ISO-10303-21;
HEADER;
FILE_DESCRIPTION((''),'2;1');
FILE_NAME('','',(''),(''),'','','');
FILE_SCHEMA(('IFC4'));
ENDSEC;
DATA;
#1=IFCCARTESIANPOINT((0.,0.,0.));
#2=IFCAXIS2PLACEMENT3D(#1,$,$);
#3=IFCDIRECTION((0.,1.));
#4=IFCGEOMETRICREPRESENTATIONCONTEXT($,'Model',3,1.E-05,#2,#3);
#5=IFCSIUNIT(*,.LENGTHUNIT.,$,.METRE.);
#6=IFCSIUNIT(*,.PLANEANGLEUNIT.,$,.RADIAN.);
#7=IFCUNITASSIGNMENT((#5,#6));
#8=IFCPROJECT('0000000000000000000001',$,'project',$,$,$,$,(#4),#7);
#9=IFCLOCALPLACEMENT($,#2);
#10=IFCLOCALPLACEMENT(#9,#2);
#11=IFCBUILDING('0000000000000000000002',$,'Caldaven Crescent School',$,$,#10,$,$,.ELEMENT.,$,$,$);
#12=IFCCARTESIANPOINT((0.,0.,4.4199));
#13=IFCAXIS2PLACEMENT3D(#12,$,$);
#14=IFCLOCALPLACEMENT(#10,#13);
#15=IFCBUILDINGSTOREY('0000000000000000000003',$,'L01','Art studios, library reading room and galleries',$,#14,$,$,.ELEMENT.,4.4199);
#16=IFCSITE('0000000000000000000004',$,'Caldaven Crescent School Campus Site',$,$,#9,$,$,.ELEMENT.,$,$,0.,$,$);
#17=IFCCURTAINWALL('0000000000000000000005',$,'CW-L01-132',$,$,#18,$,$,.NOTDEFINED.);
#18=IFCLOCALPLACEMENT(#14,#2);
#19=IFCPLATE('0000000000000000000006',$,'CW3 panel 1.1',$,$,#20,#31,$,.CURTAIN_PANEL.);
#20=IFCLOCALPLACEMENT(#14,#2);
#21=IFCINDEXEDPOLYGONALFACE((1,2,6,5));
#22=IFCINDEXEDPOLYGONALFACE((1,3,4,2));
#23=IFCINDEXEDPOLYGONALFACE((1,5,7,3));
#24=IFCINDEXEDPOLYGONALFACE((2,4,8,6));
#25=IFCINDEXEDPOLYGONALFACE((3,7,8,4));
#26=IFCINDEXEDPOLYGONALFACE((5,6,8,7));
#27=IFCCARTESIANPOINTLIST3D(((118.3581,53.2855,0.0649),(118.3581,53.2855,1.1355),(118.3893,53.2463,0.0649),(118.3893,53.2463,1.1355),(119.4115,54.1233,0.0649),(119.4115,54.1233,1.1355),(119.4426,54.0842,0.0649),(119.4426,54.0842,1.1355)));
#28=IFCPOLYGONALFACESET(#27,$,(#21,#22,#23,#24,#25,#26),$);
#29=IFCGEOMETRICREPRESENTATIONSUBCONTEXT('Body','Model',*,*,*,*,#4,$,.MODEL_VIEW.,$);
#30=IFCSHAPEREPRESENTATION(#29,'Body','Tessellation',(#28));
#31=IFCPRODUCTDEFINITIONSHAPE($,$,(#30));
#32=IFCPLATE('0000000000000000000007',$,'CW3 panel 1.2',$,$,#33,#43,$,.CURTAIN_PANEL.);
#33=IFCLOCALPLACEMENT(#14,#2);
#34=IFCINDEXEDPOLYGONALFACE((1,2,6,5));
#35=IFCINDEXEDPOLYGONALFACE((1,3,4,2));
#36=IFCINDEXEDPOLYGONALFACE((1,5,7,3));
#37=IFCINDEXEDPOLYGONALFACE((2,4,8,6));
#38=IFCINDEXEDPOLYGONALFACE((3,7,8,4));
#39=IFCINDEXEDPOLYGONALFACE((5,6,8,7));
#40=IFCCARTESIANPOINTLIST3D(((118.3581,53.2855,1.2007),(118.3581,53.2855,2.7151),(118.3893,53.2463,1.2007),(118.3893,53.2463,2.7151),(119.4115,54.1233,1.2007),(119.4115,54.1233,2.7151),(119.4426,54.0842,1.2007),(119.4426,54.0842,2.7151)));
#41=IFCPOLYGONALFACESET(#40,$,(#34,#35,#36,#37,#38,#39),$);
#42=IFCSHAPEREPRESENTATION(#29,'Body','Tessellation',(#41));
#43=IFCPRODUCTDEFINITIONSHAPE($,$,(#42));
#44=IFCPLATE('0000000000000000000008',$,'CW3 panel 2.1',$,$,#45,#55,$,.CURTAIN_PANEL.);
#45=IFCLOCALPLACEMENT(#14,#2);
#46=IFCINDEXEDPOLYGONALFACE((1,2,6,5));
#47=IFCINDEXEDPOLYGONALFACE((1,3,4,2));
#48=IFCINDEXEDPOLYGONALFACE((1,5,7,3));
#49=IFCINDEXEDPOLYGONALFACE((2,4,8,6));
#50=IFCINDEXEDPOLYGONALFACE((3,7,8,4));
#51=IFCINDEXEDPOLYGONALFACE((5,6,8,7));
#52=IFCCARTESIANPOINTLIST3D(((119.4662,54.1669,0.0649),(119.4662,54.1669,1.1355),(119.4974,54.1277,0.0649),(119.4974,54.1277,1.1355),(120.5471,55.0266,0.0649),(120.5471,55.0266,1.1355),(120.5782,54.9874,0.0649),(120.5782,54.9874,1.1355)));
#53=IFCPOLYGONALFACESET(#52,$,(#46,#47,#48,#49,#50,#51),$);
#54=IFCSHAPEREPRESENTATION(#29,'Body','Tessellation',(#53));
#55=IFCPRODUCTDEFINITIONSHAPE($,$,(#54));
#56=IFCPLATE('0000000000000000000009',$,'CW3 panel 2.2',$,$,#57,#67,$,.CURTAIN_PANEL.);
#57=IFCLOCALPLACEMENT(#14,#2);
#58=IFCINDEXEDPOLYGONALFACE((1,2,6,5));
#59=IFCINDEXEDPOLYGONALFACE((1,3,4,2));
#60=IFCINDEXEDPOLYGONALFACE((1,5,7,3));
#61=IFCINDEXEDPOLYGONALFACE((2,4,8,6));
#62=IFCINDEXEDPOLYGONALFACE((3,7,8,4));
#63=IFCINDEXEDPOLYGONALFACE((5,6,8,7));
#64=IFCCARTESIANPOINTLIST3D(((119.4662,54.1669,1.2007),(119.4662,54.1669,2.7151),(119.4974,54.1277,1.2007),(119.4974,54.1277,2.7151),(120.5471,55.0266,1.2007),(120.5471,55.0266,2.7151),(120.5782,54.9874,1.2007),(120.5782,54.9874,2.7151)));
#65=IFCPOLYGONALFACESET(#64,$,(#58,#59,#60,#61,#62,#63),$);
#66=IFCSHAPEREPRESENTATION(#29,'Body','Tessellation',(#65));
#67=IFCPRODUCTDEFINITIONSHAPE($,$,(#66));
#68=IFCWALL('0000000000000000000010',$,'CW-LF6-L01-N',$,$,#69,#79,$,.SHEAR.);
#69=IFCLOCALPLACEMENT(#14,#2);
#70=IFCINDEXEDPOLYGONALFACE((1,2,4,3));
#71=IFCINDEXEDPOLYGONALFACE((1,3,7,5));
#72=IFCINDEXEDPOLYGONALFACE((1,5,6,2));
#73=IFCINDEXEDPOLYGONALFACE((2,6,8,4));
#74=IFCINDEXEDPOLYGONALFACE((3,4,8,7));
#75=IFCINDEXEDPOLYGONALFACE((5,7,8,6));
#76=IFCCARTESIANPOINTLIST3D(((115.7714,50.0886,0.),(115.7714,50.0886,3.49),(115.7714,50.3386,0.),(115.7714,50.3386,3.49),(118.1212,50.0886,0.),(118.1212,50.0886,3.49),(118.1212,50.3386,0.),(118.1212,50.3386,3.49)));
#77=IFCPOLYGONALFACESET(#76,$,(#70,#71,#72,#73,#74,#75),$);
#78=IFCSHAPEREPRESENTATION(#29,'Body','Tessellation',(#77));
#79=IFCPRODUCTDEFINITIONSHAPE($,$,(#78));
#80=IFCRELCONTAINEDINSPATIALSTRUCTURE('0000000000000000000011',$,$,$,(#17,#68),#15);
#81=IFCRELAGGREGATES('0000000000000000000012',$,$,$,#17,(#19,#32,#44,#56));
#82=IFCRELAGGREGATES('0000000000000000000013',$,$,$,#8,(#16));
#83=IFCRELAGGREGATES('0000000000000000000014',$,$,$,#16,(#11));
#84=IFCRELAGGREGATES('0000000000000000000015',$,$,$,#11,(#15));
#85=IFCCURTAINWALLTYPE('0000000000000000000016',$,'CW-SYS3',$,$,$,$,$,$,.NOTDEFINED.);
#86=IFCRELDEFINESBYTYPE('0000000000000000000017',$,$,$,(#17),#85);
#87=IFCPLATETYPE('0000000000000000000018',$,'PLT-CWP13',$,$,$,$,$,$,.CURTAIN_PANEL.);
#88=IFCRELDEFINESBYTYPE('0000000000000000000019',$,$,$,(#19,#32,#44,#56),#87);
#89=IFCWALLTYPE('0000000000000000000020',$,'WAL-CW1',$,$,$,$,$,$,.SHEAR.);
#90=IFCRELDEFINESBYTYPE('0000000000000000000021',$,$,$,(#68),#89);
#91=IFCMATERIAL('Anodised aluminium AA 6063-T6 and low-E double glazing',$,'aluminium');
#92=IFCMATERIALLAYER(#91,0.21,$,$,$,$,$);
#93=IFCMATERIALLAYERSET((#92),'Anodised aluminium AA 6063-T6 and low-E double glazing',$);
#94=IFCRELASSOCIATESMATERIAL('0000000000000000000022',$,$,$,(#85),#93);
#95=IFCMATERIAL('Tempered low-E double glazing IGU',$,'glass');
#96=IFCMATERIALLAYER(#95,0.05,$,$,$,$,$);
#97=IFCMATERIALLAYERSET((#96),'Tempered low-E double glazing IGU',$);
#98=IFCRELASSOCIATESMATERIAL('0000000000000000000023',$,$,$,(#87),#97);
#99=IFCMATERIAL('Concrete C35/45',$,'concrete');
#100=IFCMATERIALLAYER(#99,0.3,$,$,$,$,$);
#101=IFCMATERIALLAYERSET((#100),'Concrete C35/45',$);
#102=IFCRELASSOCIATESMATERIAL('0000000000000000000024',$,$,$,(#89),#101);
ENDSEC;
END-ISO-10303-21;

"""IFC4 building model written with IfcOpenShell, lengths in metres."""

from ifc_helpers import new_model, si_unit, direction, frame, frame_2d, origin, origin_2d, place, context, subcontext, project, spatial, rectangle, extrude, material, layer, layer_set, type_object, element, aggregate, save


model = new_model("IFC4")

# Units and contexts
model_context = context("Model", 3, precision=1e-05, world=origin(), true_north=direction((0.0, 1.0)))
body_context = subcontext(model_context, "Body", "Model", "MODEL_VIEW")
ifc_project = project(units=[si_unit("LENGTHUNIT", "METRE"), si_unit("PLANEANGLEUNIT", "RADIAN")], contexts=[model_context])

# Site, building, storey
site_placement = place(None, origin())
site = spatial("IfcSite", under=ifc_project, at=site_placement, Name="Caldaven Crescent School Campus Site", CompositionType="ELEMENT", RefElevation=0.0)
building_placement = place(site_placement, origin())
building = spatial("IfcBuilding", under=site, at=building_placement, Name="Caldaven Crescent School", CompositionType="ELEMENT")
storey_placement = place(building_placement, frame((0.0, 0.0, 4.4199)))
storey = spatial("IfcBuildingStorey", under=building, at=storey_placement, Name="L01", Description="Art studios, library reading room and galleries", CompositionType="ELEMENT", Elevation=4.4199)

# Curtain wall
ifc_material_1 = material(Name="Anodised aluminium AA 6063-T6 and low-E double glazing", Category="aluminium")
ifc_layer_1 = layer(ifc_material_1, 0.21)
ifc_layer_set_1 = layer_set([ifc_layer_1], Name="Anodised aluminium AA 6063-T6 and low-E double glazing")
curtain_wall_type = type_object("IfcCurtainWallType", Name="CW-SYS3", PredefinedType="NOTDEFINED", material=ifc_layer_set_1)
curtain_wall_placement = place(storey_placement, origin())
curtain_wall = element("IfcCurtainWall", 1, at=curtain_wall_placement, inside=storey, type_object=curtain_wall_type, Name="CW-L01-132", PredefinedType="NOTDEFINED")

# Plates
ifc_material_2 = material(Name="Tempered low-E double glazing IGU", Category="glass")
ifc_layer_2 = layer(ifc_material_2, 0.05)
ifc_layer_set_2 = layer_set([ifc_layer_2], Name="Tempered low-E double glazing IGU")
plate_type = type_object("IfcPlateType", Name="PLT-CWP13", PredefinedType="CURTAIN_PANEL", material=ifc_layer_set_2)
plate_1_placement = place(storey_placement, frame((118.9004, 53.6848, 0.0649), z_axis=(0.0, 0.0, 1.0), x_axis=(0.782608, 0.622515, 0.0)))
plate_1 = element("IfcPlate", 2, at=plate_1_placement, type_object=plate_type, Name="CW3 panel 1.1", PredefinedType="CURTAIN_PANEL", context=body_context, shape_type="SweptSolid", body=[
    extrude(rectangle(XDim=1.3459, YDim=0.05, at=origin_2d()), origin(), (0.0, 0.0, 1.0), 1.0706),
])
plate_2_placement = place(storey_placement, frame((118.9004, 53.6848, 1.2007), z_axis=(0.0, 0.0, 1.0), x_axis=(0.782608, 0.622515, 0.0)))
plate_2 = element("IfcPlate", 3, at=plate_2_placement, type_object=plate_type, Name="CW3 panel 1.2", PredefinedType="CURTAIN_PANEL", context=body_context, shape_type="SweptSolid", body=[
    extrude(rectangle(XDim=1.3459, YDim=0.05, at=origin_2d()), origin(), (0.0, 0.0, 1.0), 1.5144),
])
plate_3_placement = place(storey_placement, frame((120.0222, 54.5771, 0.0649), z_axis=(0.0, 0.0, 1.0), x_axis=(0.782608, 0.622515, 0.0)))
plate_3 = element("IfcPlate", 4, at=plate_3_placement, type_object=plate_type, Name="CW3 panel 2.1", PredefinedType="CURTAIN_PANEL", context=body_context, shape_type="SweptSolid", body=[
    extrude(rectangle(XDim=1.3811, YDim=0.05, at=origin_2d()), origin(), (0.0, 0.0, 1.0), 1.0706),
])
plate_4_placement = place(storey_placement, frame((120.0222, 54.5771, 1.2007), z_axis=(0.0, 0.0, 1.0), x_axis=(0.782608, 0.622515, 0.0)))
plate_4 = element("IfcPlate", 5, at=plate_4_placement, type_object=plate_type, Name="CW3 panel 2.2", PredefinedType="CURTAIN_PANEL", context=body_context, shape_type="SweptSolid", body=[
    extrude(rectangle(XDim=1.3811, YDim=0.05, at=origin_2d()), origin(), (0.0, 0.0, 1.0), 1.5144),
])
aggregate(curtain_wall, [plate_1, plate_2, plate_3, plate_4])

# Wall
ifc_material_3 = material(Name="Concrete C35/45", Category="concrete")
ifc_layer_3 = layer(ifc_material_3, 0.3)
ifc_layer_set_3 = layer_set([ifc_layer_3], Name="Concrete C35/45")
wall_type = type_object("IfcWallType", Name="WAL-CW1", PredefinedType="SHEAR", material=ifc_layer_set_3)
wall_placement = place(storey_placement, frame((115.7715, 50.2136, 0.0), z_axis=(0.0, 0.0, 1.0), x_axis=(1.0, 0.0, 0.0)))
element("IfcWall", 6, at=wall_placement, inside=storey, type_object=wall_type, Name="CW-LF6-L01-N", PredefinedType="SHEAR", context=body_context, shape_type="SweptSolid", body=[
    extrude(rectangle(XDim=2.3499, YDim=0.25, at=frame_2d((1.1748, 0.0))), origin(), (0.0, 0.0, 1.0), 3.49),
])

save(model, "model.ifc")
